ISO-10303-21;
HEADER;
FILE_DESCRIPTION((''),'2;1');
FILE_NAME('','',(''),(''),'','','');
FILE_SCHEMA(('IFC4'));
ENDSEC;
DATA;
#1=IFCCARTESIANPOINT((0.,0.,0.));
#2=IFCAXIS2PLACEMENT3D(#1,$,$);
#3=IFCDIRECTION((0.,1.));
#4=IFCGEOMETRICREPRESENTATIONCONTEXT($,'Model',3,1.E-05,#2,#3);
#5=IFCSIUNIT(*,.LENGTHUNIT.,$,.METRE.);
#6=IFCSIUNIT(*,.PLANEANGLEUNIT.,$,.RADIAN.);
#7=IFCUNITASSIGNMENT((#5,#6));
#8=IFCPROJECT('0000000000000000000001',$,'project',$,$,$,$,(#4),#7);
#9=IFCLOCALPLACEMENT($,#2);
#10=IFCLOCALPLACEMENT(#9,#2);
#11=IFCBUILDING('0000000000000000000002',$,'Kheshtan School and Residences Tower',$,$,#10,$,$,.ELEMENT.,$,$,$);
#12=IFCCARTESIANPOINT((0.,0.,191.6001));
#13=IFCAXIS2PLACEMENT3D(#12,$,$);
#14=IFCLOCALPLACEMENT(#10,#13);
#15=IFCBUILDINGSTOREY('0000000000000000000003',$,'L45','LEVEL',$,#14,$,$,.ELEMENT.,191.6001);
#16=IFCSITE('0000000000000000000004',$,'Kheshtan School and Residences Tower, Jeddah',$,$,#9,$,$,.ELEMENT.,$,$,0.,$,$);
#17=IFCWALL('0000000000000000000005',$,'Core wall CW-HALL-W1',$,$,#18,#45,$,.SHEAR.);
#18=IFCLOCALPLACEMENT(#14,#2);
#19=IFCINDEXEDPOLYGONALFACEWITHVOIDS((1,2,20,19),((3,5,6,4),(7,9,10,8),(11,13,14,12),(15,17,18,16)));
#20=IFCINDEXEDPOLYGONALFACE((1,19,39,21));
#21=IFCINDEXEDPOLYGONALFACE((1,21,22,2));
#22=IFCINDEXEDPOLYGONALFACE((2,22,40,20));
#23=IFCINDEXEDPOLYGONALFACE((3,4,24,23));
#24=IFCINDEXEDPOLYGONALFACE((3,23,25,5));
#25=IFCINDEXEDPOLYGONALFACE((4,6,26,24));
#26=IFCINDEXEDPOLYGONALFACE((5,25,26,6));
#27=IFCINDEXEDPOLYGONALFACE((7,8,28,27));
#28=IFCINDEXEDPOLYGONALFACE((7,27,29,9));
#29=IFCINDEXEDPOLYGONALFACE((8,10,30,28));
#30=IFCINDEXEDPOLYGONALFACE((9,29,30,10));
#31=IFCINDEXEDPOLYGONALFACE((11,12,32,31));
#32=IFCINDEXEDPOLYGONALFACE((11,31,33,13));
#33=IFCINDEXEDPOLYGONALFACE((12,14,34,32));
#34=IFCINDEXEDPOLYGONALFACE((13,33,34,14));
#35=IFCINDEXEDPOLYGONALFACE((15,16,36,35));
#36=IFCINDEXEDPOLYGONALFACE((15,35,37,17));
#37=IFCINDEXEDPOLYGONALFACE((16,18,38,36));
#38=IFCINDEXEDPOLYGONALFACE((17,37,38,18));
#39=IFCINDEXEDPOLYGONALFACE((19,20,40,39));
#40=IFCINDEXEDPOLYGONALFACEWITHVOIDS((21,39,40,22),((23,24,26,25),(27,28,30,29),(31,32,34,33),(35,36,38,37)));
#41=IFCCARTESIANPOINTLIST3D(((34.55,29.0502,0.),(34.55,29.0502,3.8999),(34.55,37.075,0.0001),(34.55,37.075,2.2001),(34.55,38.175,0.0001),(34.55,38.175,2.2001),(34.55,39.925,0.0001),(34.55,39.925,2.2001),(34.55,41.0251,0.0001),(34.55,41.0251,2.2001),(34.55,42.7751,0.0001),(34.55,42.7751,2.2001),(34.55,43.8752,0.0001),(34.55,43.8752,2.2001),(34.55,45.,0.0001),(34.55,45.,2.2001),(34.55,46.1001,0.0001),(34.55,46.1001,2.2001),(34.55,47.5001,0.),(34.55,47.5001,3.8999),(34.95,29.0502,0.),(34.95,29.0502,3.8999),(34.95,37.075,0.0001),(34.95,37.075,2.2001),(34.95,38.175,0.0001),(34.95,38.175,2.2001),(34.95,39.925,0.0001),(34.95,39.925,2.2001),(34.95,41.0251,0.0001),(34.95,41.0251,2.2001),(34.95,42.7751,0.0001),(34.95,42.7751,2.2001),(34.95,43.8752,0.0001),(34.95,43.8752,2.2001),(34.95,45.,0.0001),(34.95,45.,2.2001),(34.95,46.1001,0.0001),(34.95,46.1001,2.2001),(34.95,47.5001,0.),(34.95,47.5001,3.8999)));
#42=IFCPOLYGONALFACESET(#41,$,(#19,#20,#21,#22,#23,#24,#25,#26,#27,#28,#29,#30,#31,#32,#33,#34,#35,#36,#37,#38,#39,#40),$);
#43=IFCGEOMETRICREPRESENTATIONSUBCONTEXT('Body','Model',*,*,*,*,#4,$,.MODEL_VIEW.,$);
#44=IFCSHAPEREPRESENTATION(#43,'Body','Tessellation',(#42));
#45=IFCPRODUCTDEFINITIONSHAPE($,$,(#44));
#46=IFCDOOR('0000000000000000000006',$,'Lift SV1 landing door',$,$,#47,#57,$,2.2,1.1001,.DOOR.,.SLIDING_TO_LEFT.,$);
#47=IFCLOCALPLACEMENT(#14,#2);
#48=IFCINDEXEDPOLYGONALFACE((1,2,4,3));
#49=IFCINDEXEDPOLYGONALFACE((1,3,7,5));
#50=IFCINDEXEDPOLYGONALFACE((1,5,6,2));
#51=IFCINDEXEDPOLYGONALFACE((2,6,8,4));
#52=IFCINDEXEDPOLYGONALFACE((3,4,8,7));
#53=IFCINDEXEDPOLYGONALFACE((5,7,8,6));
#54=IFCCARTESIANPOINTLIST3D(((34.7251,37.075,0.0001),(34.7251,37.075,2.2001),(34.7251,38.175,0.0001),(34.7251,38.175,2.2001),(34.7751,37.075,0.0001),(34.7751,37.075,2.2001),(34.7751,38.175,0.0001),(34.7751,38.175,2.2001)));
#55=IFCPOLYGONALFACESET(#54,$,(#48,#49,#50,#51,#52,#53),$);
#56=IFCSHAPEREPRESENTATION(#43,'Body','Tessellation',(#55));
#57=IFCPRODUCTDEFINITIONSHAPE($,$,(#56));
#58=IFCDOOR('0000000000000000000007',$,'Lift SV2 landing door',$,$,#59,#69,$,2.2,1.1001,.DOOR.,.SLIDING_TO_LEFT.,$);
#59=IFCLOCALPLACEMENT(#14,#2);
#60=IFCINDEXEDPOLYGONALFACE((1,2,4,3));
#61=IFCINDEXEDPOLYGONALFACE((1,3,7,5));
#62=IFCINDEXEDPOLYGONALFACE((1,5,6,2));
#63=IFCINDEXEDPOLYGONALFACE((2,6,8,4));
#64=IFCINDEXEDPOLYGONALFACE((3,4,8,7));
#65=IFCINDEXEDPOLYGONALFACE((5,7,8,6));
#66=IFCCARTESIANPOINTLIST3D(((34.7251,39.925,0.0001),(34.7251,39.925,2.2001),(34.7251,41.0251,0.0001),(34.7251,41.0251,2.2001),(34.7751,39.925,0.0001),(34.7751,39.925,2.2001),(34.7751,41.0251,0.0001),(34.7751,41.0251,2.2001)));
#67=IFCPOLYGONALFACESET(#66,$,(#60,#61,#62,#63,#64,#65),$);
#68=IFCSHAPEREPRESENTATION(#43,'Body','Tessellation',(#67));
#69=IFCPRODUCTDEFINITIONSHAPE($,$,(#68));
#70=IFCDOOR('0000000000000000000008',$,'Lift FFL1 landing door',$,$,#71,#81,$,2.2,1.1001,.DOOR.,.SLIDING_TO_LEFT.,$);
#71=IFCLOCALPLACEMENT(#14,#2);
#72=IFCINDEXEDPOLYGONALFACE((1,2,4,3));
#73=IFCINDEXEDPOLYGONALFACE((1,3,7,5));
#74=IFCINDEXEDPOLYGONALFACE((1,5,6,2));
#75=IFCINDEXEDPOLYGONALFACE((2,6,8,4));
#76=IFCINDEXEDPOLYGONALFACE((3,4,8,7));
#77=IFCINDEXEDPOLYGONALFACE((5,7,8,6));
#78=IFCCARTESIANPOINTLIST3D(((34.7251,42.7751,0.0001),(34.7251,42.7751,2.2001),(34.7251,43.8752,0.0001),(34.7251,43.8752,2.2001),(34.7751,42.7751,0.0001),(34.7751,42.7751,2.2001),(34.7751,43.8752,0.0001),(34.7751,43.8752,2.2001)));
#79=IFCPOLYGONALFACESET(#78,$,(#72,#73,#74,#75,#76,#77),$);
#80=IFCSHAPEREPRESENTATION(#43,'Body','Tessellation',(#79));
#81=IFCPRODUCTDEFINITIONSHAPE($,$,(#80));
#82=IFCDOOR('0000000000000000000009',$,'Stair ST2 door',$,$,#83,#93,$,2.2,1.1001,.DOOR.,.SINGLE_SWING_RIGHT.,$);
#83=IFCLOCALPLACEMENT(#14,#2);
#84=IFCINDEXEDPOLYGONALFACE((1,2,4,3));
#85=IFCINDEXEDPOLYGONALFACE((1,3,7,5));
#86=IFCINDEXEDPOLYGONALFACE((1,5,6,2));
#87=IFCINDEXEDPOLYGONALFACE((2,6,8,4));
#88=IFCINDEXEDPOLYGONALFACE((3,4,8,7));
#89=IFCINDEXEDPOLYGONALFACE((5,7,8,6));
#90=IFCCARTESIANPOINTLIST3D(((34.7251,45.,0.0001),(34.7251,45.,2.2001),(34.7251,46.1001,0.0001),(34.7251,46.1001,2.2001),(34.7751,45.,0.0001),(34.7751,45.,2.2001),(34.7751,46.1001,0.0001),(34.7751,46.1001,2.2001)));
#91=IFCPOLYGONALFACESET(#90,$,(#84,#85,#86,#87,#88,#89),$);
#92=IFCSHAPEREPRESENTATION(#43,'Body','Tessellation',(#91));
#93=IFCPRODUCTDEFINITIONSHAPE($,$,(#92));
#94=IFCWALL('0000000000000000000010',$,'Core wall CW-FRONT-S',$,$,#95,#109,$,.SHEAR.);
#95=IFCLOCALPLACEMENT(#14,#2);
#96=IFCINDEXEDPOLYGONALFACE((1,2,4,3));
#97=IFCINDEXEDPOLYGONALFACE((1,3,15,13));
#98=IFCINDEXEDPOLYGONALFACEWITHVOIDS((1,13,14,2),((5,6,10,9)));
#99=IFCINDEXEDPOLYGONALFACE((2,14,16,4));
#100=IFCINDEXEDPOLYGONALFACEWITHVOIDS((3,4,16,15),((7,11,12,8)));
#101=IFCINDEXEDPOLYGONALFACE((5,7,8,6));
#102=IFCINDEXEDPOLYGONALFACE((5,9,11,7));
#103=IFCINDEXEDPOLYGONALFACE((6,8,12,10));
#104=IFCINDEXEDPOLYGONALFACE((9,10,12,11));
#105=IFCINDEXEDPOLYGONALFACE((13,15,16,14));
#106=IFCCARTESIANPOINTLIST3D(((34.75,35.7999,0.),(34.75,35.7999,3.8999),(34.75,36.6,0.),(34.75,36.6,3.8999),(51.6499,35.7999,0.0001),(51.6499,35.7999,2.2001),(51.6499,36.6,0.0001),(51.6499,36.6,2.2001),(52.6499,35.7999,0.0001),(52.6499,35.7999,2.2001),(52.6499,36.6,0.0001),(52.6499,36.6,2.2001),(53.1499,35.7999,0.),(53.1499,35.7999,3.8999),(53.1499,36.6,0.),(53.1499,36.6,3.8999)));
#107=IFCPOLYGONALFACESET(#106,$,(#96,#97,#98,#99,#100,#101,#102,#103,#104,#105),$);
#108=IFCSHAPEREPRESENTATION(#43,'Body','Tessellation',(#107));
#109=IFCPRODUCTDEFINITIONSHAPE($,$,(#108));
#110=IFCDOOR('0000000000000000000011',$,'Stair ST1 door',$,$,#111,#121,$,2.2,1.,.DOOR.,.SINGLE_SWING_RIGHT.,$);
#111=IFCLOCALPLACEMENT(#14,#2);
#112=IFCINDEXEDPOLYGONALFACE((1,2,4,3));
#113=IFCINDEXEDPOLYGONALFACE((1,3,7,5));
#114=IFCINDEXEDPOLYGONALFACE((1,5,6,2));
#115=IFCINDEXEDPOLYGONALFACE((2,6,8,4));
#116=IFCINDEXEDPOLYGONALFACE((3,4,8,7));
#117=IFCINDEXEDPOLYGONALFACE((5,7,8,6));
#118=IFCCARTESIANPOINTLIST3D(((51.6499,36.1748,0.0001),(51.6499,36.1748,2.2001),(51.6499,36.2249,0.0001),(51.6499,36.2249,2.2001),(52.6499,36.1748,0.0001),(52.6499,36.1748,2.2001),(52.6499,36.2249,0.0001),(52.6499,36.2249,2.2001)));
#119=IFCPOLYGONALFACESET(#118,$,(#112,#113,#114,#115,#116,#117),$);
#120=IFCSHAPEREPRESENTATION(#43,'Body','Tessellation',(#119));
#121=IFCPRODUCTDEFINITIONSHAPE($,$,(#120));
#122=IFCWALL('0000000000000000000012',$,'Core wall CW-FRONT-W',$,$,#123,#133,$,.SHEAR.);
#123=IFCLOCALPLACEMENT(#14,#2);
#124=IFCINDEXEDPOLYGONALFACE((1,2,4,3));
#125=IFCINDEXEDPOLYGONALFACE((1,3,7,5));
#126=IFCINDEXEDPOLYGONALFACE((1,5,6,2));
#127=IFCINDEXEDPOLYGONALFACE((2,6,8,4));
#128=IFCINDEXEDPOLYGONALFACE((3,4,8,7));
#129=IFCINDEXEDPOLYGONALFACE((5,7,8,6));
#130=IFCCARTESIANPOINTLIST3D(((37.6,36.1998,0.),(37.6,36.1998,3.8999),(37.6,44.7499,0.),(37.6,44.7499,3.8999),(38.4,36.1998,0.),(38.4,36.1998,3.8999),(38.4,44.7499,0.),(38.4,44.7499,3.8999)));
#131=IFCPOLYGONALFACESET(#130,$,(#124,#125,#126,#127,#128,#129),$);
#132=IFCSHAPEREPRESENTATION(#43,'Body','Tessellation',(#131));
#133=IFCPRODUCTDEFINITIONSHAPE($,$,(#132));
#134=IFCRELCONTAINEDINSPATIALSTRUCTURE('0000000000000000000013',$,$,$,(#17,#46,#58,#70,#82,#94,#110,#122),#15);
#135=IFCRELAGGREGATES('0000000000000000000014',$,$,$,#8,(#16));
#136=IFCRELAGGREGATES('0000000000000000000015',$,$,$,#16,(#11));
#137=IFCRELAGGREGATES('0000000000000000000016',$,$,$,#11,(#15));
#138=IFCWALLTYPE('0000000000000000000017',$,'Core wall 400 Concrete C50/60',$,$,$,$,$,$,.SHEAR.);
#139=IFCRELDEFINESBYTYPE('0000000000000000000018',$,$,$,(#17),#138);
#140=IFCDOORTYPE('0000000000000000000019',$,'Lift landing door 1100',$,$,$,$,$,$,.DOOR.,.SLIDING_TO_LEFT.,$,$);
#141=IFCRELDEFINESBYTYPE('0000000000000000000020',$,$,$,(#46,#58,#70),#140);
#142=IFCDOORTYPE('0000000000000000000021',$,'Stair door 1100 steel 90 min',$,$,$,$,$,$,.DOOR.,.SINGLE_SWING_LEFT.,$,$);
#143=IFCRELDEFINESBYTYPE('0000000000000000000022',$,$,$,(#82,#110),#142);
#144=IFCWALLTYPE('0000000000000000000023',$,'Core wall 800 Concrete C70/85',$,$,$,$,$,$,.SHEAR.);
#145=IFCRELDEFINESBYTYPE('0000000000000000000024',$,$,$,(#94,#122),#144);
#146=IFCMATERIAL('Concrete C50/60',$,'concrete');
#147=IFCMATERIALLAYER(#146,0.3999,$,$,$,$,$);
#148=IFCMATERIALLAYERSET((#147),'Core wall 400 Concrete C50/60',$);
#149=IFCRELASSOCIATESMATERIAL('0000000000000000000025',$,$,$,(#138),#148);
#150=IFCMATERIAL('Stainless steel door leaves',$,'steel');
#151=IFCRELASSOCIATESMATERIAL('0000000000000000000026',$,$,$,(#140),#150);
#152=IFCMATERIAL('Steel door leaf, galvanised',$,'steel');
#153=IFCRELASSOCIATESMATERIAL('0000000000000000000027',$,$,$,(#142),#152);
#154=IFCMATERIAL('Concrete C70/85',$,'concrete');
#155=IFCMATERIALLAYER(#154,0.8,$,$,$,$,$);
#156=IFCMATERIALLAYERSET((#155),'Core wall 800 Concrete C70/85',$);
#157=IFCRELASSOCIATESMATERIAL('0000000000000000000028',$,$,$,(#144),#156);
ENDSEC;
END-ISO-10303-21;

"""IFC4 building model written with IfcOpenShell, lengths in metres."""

from ifc_helpers import new_model, si_unit, direction, frame, frame_2d, origin, place, context, subcontext, project, spatial, rectangle, extrude, source, transform, mapped, material, layer, layer_set, type_object, element, fill, save


model = new_model("IFC4")

# Units and contexts
model_context = context("Model", 3, precision=1e-05, world=origin(), true_north=direction((0.0, 1.0)))
body_context = subcontext(model_context, "Body", "Model", "MODEL_VIEW")
ifc_project = project(units=[si_unit("LENGTHUNIT", "METRE"), si_unit("PLANEANGLEUNIT", "RADIAN")], contexts=[model_context])

# Site, building, storey
site_placement = place(None, origin())
site = spatial("IfcSite", under=ifc_project, at=site_placement, Name="Kheshtan School and Residences Tower, Jeddah", CompositionType="ELEMENT", RefElevation=0.0)
building_placement = place(site_placement, origin())
building = spatial("IfcBuilding", under=site, at=building_placement, Name="Kheshtan School and Residences Tower", CompositionType="ELEMENT")
storey_placement = place(building_placement, frame((0.0, 0.0, 191.6001)))
storey = spatial("IfcBuildingStorey", under=building, at=storey_placement, Name="L45", Description="LEVEL", CompositionType="ELEMENT", Elevation=191.6001)

# Shared definitions
ifc_material_1 = material(Name="Concrete C50/60", Category="concrete")
ifc_layer_1 = layer(ifc_material_1, 0.3999)
ifc_layer_set_1 = layer_set([ifc_layer_1], Name="Core wall 400 Concrete C50/60")
wall_type_1 = type_object("IfcWallType", Name="Core wall 400 Concrete C50/60", PredefinedType="SHEAR", material=ifc_layer_set_1)
ifc_material_2 = material(Name="Stainless steel door leaves", Category="steel")
door_type_1 = type_object("IfcDoorType", Name="Lift landing door 1100", OperationType="SLIDING_TO_LEFT", PredefinedType="DOOR", material=ifc_material_2)
shared_shape_1 = source(origin(), body_context, "Body", "SweptSolid", [
    extrude(rectangle(XDim=1.1001, YDim=2.2, at=frame_2d((0.55, 1.1001))), frame((0.0, 0.0249, 0.0), z_axis=(0.0, -1.0, 0.0), x_axis=(1.0, 0.0, 0.0)), (0.0, 0.0, 1.0), 0.05),
])

# Wall, openings, doors
wall_1_placement = place(storey_placement, frame((34.75, 29.05, 0.0), z_axis=(0.0, 0.0, 1.0), x_axis=(0.0, 1.0, 0.0)))
wall_1 = element("IfcWall", 1, at=wall_1_placement, inside=storey, type_object=wall_type_1, Name="Core wall CW-HALL-W1", PredefinedType="SHEAR", context=body_context, shape_type="SweptSolid", body=[
    extrude(rectangle(XDim=18.45, YDim=0.3999, at=frame_2d((9.2251, 0.0))), origin(), (0.0, 0.0, 1.0), 3.8999),
])
opening_1_placement = place(wall_1_placement, frame((8.0249, 0.0, 0.0)))
opening_1 = element("IfcOpeningElement", 2, at=opening_1_placement, cuts=wall_1, PredefinedType="OPENING", context=body_context, shape_type="SweptSolid", body=[
    extrude(rectangle(XDim=1.1001, YDim=2.2, at=frame_2d((0.55, 1.1001))), frame((0.0, 0.21, 0.0), z_axis=(0.0, -1.0, 0.0), x_axis=(1.0, 0.0, 0.0)), (0.0, 0.0, 1.0), 0.4199),
])
opening_2_placement = place(wall_1_placement, frame((10.875, 0.0, 0.0)))
opening_2 = element("IfcOpeningElement", 3, at=opening_2_placement, cuts=wall_1, PredefinedType="OPENING", context=body_context, shape_type="SweptSolid", body=[
    extrude(rectangle(XDim=1.1001, YDim=2.2, at=frame_2d((0.55, 1.1001))), frame((0.0, 0.21, 0.0), z_axis=(0.0, -1.0, 0.0), x_axis=(1.0, 0.0, 0.0)), (0.0, 0.0, 1.0), 0.4199),
])
opening_3_placement = place(wall_1_placement, frame((13.7251, 0.0, 0.0)))
opening_3 = element("IfcOpeningElement", 4, at=opening_3_placement, cuts=wall_1, PredefinedType="OPENING", context=body_context, shape_type="SweptSolid", body=[
    extrude(rectangle(XDim=1.1001, YDim=2.2, at=frame_2d((0.55, 1.1001))), frame((0.0, 0.21, 0.0), z_axis=(0.0, -1.0, 0.0), x_axis=(1.0, 0.0, 0.0)), (0.0, 0.0, 1.0), 0.4199),
])
opening_4_placement = place(wall_1_placement, frame((15.95, 0.0, 0.0)))
opening_4 = element("IfcOpeningElement", 5, at=opening_4_placement, cuts=wall_1, PredefinedType="OPENING", context=body_context, shape_type="SweptSolid", body=[
    extrude(rectangle(XDim=1.1001, YDim=2.2, at=frame_2d((0.55, 1.1001))), frame((0.0, 0.21, 0.0), z_axis=(0.0, -1.0, 0.0), x_axis=(1.0, 0.0, 0.0)), (0.0, 0.0, 1.0), 0.4199),
])
door_1_placement = place(opening_1_placement, origin())
door_1 = element("IfcDoor", 6, at=door_1_placement, inside=storey, type_object=door_type_1, Name="Lift SV1 landing door", OperationType="SLIDING_TO_LEFT", OverallHeight=2.2, OverallWidth=1.1001, PredefinedType="DOOR", context=body_context, shape_type="MappedRepresentation", body=[
    mapped(shared_shape_1, transform((0.0, 0.0, 0.0), x_axis=(1.0, 0.0, 0.0), y_axis=(0.0, 1.0, 0.0), z_axis=(0.0, 0.0, 1.0), scale=1.0)),
])
fill(opening_1, door_1)
door_2_placement = place(opening_2_placement, origin())
door_2 = element("IfcDoor", 7, at=door_2_placement, inside=storey, type_object=door_type_1, Name="Lift SV2 landing door", OperationType="SLIDING_TO_LEFT", OverallHeight=2.2, OverallWidth=1.1001, PredefinedType="DOOR", context=body_context, shape_type="MappedRepresentation", body=[
    mapped(shared_shape_1, transform((0.0, 0.0, 0.0), x_axis=(1.0, 0.0, 0.0), y_axis=(0.0, 1.0, 0.0), z_axis=(0.0, 0.0, 1.0), scale=1.0)),
])
fill(opening_2, door_2)
door_3_placement = place(opening_3_placement, origin())
door_3 = element("IfcDoor", 8, at=door_3_placement, inside=storey, type_object=door_type_1, Name="Lift FFL1 landing door", OperationType="SLIDING_TO_LEFT", OverallHeight=2.2, OverallWidth=1.1001, PredefinedType="DOOR", context=body_context, shape_type="MappedRepresentation", body=[
    mapped(shared_shape_1, transform((0.0, 0.0, 0.0), x_axis=(1.0, 0.0, 0.0), y_axis=(0.0, 1.0, 0.0), z_axis=(0.0, 0.0, 1.0), scale=1.0)),
])
fill(opening_3, door_3)
ifc_material_3 = material(Name="Steel door leaf, galvanised", Category="steel")
door_type_2 = type_object("IfcDoorType", Name="Stair door 1100 steel 90 min", OperationType="SINGLE_SWING_LEFT", PredefinedType="DOOR", material=ifc_material_3)
shared_shape_2 = source(origin(), body_context, "Body", "SweptSolid", [
    extrude(rectangle(XDim=1.1001, YDim=2.2, at=frame_2d((0.55, 1.1001))), frame((0.0, 0.0249, 0.0), z_axis=(0.0, -1.0, 0.0), x_axis=(1.0, 0.0, 0.0)), (0.0, 0.0, 1.0), 0.05),
])
door_4_placement = place(opening_4_placement, origin())
door_4 = element("IfcDoor", 9, at=door_4_placement, inside=storey, type_object=door_type_2, Name="Stair ST2 door", OperationType="SINGLE_SWING_RIGHT", OverallHeight=2.2, OverallWidth=1.1001, PredefinedType="DOOR", context=body_context, shape_type="MappedRepresentation", body=[
    mapped(shared_shape_2, transform((0.0, 0.0, 0.0), x_axis=(1.0, 0.0, 0.0), y_axis=(0.0, 1.0, 0.0), z_axis=(0.0, 0.0, 1.0), scale=1.0)),
])
fill(opening_4, door_4)

# Wall, opening, door
ifc_material_4 = material(Name="Concrete C70/85", Category="concrete")
ifc_layer_2 = layer(ifc_material_4, 0.8)
ifc_layer_set_2 = layer_set([ifc_layer_2], Name="Core wall 800 Concrete C70/85")
wall_type_2 = type_object("IfcWallType", Name="Core wall 800 Concrete C70/85", PredefinedType="SHEAR", material=ifc_layer_set_2)
wall_2_placement = place(storey_placement, frame((34.75, 36.2, 0.0), z_axis=(0.0, 0.0, 1.0), x_axis=(1.0, 0.0, 0.0)))
wall_2 = element("IfcWall", 10, at=wall_2_placement, inside=storey, type_object=wall_type_2, Name="Core wall CW-FRONT-S", PredefinedType="SHEAR", context=body_context, shape_type="SweptSolid", body=[
    extrude(rectangle(XDim=18.3999, YDim=0.8, at=frame_2d((9.2, 0.0))), origin(), (0.0, 0.0, 1.0), 3.8999),
])
opening_5_placement = place(wall_2_placement, frame((16.8999, 0.0, 0.0)))
opening_5 = element("IfcOpeningElement", 11, at=opening_5_placement, cuts=wall_2, PredefinedType="OPENING", context=body_context, shape_type="SweptSolid", body=[
    extrude(rectangle(XDim=1.0, YDim=2.2, at=frame_2d((0.5, 1.1001))), frame((0.0, 0.4102, 0.0), z_axis=(0.0, -1.0, 0.0), x_axis=(1.0, 0.0, 0.0)), (0.0, 0.0, 1.0), 0.8201),
])
shared_shape_3 = source(origin(), body_context, "Body", "SweptSolid", [
    extrude(rectangle(XDim=1.0, YDim=2.2, at=frame_2d((0.5, 1.1001))), frame((0.0, 0.0249, 0.0), z_axis=(0.0, -1.0, 0.0), x_axis=(1.0, 0.0, 0.0)), (0.0, 0.0, 1.0), 0.05),
])
door_5_placement = place(opening_5_placement, origin())
door_5 = element("IfcDoor", 12, at=door_5_placement, inside=storey, type_object=door_type_2, Name="Stair ST1 door", OperationType="SINGLE_SWING_RIGHT", OverallHeight=2.2, OverallWidth=1.0, PredefinedType="DOOR", context=body_context, shape_type="MappedRepresentation", body=[
    mapped(shared_shape_3, transform((0.0, 0.0, 0.0), x_axis=(1.0, 0.0, 0.0), y_axis=(0.0, 1.0, 0.0), z_axis=(0.0, 0.0, 1.0), scale=1.0)),
])
fill(opening_5, door_5)

# Wall
wall_3_placement = place(storey_placement, frame((38.0, 36.2, 0.0), z_axis=(0.0, 0.0, 1.0), x_axis=(0.0, 1.0, 0.0)))
element("IfcWall", 13, at=wall_3_placement, inside=storey, type_object=wall_type_2, Name="Core wall CW-FRONT-W", PredefinedType="SHEAR", context=body_context, shape_type="SweptSolid", body=[
    extrude(rectangle(XDim=8.55, YDim=0.8, at=frame_2d((4.2749, 0.0))), origin(), (0.0, 0.0, 1.0), 3.8999),
])

save(model, "model.ifc")
